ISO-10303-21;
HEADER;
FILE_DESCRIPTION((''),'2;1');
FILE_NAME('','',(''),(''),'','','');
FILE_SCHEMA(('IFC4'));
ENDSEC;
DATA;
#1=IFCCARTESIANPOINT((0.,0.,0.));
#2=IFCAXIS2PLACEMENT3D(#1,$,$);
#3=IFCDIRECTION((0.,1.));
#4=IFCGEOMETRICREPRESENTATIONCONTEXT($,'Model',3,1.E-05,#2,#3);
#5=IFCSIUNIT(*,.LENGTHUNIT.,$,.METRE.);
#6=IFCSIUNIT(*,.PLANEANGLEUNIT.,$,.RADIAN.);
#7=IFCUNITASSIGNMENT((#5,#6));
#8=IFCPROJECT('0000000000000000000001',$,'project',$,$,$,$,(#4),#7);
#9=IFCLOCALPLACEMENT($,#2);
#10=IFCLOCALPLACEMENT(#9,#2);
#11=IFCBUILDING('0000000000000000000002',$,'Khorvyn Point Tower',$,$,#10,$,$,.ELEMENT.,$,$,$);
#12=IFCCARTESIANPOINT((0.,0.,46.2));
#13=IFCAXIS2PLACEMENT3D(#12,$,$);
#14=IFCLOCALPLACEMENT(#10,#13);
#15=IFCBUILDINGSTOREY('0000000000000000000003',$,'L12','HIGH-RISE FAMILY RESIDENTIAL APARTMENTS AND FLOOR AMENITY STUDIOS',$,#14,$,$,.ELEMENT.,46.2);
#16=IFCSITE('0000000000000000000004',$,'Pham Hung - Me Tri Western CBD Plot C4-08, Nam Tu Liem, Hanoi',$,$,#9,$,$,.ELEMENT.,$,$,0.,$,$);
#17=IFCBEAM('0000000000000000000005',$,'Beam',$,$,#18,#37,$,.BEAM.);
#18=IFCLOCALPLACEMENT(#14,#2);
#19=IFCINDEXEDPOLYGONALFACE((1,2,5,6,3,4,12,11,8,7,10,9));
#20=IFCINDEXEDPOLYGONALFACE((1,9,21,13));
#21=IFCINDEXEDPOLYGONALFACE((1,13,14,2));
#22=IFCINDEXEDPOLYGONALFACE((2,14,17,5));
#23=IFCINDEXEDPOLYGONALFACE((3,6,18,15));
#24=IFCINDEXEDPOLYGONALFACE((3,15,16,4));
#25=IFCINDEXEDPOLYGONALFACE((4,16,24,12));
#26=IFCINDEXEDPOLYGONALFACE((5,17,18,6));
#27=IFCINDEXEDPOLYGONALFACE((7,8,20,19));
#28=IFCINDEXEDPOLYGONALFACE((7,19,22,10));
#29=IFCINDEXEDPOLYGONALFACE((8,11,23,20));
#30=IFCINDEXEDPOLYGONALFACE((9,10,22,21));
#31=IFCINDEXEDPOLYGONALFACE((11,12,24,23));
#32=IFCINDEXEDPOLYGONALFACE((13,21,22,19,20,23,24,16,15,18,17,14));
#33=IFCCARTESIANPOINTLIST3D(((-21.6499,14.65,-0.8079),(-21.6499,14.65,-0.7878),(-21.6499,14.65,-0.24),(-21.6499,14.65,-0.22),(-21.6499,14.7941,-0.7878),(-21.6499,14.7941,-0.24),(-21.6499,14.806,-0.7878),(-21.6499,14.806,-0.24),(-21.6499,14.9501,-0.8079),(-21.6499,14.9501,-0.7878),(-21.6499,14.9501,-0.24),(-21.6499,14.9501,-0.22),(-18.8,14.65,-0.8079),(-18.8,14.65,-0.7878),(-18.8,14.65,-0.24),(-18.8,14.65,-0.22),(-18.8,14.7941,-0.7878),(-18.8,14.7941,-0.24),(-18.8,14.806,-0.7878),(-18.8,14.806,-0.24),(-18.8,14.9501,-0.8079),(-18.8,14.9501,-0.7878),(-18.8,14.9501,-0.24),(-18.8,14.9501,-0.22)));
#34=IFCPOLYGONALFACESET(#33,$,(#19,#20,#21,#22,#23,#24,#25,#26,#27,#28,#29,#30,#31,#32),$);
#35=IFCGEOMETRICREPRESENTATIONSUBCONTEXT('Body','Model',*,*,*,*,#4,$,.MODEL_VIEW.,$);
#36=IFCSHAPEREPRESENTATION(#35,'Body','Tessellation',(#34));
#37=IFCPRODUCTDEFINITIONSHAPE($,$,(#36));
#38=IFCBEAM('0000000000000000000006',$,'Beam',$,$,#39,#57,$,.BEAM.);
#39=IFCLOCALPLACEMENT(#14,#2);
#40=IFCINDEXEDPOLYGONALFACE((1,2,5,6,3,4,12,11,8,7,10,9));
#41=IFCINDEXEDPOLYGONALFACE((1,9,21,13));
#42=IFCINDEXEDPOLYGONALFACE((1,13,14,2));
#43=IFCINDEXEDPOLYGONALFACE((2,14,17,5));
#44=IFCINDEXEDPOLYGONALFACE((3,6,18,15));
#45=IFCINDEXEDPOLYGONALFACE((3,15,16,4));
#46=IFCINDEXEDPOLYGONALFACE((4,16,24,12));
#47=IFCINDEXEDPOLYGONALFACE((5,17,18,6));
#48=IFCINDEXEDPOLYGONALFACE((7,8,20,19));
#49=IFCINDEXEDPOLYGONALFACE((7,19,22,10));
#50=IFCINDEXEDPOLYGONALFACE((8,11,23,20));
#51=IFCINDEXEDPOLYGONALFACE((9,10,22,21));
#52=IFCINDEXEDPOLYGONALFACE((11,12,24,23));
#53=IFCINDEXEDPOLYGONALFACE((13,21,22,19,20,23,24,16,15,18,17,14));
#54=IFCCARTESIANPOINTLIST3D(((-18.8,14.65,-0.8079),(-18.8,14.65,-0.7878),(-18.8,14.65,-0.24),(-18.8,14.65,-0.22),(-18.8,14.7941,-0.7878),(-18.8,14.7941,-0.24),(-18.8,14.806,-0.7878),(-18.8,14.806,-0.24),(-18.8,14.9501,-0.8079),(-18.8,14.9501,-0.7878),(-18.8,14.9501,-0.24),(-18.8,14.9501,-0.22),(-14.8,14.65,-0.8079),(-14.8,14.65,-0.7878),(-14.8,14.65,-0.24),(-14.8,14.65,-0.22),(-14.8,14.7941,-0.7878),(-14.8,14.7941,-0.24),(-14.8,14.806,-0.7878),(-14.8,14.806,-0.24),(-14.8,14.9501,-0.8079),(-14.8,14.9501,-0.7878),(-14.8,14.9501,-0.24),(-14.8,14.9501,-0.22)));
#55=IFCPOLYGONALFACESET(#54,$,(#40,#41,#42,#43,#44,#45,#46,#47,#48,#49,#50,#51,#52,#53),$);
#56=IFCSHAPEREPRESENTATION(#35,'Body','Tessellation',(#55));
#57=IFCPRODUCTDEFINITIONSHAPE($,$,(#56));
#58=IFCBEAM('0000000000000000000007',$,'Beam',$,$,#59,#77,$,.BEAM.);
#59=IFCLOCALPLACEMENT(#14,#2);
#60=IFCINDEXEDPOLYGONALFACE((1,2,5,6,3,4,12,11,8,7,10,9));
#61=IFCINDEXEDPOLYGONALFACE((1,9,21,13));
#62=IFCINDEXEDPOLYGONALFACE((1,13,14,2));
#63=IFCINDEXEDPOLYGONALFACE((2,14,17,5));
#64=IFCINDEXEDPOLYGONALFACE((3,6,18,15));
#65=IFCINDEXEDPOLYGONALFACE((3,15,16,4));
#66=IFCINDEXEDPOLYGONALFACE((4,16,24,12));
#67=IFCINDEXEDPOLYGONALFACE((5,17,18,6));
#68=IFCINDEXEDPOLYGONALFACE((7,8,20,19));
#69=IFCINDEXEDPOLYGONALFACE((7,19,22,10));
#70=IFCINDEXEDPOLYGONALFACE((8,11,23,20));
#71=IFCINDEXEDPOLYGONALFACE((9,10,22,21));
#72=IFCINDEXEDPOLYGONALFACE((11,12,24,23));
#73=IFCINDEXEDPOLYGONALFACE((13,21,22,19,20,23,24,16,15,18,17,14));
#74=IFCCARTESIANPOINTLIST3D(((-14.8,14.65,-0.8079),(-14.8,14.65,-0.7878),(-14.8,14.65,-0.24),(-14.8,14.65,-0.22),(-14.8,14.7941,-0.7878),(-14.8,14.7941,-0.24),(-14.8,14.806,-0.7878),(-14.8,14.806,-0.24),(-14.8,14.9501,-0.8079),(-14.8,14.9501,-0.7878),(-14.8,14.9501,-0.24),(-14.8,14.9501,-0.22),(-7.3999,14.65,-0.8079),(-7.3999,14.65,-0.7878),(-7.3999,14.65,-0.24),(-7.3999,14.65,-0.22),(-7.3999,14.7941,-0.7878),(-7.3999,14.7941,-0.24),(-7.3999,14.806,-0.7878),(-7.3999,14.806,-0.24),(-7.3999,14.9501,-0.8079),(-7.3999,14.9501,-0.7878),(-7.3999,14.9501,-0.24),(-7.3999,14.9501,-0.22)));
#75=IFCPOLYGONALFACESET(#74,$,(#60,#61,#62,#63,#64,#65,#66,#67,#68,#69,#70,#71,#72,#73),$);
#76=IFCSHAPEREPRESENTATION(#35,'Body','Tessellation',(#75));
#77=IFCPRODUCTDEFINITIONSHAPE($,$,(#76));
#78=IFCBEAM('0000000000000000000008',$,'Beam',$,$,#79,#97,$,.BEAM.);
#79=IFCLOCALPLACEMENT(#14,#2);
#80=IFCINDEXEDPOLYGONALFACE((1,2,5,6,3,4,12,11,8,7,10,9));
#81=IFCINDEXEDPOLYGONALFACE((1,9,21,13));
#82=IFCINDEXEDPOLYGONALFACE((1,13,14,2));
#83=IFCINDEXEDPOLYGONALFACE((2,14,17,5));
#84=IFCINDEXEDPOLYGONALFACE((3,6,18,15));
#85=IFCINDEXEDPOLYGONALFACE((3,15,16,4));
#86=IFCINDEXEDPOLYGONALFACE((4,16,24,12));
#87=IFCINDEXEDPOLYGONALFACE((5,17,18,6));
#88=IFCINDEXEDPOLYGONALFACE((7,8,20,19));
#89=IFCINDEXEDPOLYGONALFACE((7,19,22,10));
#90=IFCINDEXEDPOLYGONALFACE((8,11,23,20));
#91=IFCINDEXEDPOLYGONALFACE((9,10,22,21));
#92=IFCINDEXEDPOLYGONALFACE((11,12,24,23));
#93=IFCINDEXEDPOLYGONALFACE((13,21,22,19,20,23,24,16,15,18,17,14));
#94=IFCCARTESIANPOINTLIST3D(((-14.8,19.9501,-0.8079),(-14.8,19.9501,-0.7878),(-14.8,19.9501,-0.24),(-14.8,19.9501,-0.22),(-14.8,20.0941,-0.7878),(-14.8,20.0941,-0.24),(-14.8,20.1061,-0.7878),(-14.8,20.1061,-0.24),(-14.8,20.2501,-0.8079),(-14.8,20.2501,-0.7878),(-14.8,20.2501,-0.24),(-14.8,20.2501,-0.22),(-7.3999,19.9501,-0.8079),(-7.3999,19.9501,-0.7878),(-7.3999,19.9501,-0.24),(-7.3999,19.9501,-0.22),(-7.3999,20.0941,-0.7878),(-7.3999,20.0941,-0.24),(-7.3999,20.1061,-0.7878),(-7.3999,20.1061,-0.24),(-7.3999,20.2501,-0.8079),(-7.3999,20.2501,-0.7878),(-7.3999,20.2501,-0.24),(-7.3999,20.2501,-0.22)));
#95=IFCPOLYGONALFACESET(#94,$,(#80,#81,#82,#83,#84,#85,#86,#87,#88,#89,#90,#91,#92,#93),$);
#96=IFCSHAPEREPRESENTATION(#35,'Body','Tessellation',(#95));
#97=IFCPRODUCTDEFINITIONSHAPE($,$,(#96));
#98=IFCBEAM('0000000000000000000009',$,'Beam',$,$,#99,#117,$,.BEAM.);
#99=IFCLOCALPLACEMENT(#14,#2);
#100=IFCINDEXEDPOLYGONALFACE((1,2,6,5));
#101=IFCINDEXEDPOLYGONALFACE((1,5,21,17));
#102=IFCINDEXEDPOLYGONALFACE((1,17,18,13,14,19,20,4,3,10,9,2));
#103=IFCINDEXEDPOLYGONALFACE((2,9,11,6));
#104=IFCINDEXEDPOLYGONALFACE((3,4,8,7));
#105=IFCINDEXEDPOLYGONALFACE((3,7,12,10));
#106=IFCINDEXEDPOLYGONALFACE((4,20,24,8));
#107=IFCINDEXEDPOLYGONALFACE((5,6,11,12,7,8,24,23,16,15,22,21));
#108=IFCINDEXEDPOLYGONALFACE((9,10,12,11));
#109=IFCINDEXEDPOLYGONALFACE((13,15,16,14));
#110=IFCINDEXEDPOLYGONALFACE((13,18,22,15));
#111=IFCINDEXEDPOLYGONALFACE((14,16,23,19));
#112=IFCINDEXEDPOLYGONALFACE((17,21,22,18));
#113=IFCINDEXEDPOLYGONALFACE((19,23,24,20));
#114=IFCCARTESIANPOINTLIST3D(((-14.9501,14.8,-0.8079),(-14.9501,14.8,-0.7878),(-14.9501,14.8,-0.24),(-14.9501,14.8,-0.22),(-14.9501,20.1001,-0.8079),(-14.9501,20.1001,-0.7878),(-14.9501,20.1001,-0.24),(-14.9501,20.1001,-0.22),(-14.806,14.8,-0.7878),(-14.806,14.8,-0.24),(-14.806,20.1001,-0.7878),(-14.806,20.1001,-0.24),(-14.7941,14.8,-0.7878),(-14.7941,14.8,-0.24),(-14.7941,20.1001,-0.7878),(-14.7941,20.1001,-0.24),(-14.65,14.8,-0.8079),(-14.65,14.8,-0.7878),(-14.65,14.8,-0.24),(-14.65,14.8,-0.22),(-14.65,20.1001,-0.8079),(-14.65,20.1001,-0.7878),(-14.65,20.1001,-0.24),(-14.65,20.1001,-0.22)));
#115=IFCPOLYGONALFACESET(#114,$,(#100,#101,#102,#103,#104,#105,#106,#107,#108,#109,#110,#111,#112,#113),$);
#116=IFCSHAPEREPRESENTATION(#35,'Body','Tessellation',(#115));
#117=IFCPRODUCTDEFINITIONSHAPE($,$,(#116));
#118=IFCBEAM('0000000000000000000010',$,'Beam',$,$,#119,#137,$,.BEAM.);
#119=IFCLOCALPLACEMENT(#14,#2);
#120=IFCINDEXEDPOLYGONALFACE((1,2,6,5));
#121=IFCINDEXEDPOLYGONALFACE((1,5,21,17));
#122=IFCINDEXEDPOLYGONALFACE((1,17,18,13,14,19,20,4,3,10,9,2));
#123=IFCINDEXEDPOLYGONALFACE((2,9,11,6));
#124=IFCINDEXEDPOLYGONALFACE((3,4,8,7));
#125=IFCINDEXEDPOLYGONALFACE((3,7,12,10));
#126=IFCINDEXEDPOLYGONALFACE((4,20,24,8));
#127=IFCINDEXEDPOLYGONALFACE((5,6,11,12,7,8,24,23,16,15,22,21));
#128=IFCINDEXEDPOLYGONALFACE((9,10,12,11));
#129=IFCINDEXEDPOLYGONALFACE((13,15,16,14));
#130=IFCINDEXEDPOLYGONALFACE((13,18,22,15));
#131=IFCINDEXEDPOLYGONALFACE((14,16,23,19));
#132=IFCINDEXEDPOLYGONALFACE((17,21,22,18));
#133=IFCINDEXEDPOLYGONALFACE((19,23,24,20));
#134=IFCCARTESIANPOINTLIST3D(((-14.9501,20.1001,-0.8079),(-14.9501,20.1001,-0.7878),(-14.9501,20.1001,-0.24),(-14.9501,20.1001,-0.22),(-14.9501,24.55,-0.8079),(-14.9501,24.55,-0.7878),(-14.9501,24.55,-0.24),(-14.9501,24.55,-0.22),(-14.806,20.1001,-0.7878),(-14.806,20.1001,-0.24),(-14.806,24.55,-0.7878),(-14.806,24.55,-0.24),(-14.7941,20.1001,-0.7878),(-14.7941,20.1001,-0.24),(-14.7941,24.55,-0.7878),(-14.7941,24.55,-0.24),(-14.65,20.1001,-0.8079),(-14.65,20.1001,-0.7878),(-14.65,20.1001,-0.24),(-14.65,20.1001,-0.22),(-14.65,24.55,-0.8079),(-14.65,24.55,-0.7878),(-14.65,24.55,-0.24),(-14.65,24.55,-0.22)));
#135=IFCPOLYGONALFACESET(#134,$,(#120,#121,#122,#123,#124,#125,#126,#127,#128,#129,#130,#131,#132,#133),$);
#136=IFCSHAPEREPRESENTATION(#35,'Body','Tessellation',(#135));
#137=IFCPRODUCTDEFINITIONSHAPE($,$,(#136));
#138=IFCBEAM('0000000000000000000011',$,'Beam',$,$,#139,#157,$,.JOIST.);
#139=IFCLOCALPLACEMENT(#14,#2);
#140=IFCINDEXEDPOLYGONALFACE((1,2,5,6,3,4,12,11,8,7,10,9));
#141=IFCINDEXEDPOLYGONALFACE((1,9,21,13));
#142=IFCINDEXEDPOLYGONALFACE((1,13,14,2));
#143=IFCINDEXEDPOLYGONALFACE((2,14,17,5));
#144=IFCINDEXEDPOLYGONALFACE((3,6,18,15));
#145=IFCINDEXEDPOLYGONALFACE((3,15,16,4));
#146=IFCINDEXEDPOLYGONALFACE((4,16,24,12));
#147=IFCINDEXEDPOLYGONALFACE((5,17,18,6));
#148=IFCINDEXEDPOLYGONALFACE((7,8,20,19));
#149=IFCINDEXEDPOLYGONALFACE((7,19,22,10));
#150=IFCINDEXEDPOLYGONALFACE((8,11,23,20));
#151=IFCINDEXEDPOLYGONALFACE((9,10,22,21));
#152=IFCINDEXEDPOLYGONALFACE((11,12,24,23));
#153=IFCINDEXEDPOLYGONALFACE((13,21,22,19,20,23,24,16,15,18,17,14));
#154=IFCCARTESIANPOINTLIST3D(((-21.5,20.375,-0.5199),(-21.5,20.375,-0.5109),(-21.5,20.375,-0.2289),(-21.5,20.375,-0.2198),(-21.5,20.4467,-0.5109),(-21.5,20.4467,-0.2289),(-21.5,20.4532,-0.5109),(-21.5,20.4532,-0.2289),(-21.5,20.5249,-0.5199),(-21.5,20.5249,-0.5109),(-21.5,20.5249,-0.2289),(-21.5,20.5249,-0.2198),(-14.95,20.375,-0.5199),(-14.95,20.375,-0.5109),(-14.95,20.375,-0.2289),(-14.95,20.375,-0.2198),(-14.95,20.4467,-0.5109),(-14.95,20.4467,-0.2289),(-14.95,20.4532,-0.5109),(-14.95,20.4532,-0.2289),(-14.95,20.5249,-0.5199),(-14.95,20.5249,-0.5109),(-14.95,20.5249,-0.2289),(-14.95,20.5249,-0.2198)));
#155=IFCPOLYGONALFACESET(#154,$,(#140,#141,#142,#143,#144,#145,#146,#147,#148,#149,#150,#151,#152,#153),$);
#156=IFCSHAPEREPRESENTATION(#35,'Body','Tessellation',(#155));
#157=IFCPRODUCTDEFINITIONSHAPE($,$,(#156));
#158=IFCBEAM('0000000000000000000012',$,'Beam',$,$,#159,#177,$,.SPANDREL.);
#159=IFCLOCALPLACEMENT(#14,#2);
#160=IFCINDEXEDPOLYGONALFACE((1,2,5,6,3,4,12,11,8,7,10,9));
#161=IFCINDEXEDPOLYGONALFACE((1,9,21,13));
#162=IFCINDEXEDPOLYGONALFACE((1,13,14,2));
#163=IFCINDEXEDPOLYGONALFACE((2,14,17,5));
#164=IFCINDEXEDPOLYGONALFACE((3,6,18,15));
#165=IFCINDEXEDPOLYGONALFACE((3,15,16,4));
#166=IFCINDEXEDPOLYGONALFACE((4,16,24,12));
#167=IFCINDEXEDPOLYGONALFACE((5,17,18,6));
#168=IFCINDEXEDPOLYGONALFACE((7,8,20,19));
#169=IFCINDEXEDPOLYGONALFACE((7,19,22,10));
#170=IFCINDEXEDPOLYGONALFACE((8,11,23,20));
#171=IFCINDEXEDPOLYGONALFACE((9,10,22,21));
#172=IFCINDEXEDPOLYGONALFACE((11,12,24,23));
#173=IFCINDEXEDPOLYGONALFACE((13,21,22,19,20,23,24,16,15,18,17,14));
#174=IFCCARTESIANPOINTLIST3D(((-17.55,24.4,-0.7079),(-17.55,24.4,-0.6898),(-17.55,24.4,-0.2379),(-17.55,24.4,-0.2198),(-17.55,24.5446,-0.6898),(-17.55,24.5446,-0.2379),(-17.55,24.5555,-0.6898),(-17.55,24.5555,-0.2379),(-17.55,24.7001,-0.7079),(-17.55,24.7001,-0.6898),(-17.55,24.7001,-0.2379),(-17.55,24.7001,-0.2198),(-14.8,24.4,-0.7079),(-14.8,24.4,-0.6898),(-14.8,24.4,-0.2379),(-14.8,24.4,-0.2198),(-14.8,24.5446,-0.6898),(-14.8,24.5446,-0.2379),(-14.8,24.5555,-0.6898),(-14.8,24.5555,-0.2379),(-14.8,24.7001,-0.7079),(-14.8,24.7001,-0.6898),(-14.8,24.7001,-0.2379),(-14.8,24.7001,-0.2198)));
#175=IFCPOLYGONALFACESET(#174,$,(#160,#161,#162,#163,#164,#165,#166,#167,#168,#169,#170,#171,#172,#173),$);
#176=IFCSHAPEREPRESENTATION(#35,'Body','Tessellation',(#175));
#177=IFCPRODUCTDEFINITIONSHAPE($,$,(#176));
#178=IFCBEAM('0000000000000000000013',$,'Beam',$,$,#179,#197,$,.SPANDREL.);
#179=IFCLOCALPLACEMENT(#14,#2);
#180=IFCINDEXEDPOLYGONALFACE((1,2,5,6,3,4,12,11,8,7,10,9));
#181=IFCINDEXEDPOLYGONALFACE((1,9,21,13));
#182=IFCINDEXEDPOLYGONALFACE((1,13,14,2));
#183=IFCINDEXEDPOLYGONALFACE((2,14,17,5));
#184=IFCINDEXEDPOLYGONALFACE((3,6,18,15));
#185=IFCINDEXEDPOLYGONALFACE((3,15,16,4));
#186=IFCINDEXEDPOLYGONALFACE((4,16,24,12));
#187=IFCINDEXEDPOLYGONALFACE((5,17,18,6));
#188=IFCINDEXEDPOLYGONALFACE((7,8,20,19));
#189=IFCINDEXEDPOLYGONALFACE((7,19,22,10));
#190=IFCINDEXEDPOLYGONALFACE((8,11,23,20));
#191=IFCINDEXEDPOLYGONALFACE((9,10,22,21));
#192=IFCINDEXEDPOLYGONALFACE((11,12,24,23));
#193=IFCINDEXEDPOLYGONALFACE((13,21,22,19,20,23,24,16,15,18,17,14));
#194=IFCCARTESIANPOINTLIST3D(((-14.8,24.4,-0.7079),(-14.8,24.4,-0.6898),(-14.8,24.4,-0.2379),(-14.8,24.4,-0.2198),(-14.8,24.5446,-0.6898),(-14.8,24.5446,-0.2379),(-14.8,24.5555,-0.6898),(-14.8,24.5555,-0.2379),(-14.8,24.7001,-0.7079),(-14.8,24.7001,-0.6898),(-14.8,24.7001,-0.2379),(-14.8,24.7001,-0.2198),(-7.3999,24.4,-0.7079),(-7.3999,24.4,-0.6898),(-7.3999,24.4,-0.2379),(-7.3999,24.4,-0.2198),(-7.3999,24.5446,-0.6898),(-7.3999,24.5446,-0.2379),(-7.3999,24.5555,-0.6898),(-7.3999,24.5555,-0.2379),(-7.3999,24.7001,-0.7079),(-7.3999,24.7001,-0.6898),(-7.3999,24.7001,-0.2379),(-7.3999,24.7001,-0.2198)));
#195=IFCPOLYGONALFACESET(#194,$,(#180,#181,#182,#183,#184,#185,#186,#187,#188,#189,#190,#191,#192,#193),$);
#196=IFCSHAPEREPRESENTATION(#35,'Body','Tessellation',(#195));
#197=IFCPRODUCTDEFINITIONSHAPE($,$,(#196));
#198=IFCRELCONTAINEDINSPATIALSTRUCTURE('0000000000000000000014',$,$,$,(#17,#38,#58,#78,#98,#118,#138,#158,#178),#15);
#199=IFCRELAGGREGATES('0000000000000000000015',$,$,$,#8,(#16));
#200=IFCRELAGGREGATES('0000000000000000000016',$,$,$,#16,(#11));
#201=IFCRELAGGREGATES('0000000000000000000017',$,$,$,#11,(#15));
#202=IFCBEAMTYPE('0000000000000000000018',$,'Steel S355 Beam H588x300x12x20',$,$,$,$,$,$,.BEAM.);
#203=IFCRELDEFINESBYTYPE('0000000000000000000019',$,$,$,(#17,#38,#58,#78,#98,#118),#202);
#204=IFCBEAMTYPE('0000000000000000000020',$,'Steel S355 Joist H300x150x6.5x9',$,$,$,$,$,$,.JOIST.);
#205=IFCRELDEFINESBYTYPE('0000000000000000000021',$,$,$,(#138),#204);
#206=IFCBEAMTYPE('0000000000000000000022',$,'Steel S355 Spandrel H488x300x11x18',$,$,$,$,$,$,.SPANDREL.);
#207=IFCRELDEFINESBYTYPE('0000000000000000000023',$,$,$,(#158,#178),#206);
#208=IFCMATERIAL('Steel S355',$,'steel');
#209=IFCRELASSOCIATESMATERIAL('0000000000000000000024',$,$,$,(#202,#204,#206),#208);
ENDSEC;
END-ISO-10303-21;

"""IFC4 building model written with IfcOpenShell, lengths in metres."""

from ifc_helpers import new_model, si_unit, direction, frame, origin, origin_2d, place, context, subcontext, project, spatial, i_section, extrude, material, material_profile, profile_set, type_object, element, save


model = new_model("IFC4")

# Units and contexts
model_context = context("Model", 3, precision=1e-05, world=origin(), true_north=direction((0.0, 1.0)))
body_context = subcontext(model_context, "Body", "Model", "MODEL_VIEW")
ifc_project = project(units=[si_unit("LENGTHUNIT", "METRE"), si_unit("PLANEANGLEUNIT", "RADIAN")], contexts=[model_context])

# Site, building, storey
site_placement = place(None, origin())
site = spatial("IfcSite", under=ifc_project, at=site_placement, Name="Pham Hung - Me Tri Western CBD Plot C4-08, Nam Tu Liem, Hanoi", CompositionType="ELEMENT", RefElevation=0.0)
building_placement = place(site_placement, origin())
building = spatial("IfcBuilding", under=site, at=building_placement, Name="Khorvyn Point Tower", CompositionType="ELEMENT")
storey_placement = place(building_placement, frame((0.0, 0.0, 46.2)))
storey = spatial("IfcBuildingStorey", under=building, at=storey_placement, Name="L12", Description="HIGH-RISE FAMILY RESIDENTIAL APARTMENTS AND FLOOR AMENITY STUDIOS", CompositionType="ELEMENT", Elevation=46.2)

# Beams
ifc_material_1 = material(Name="Steel S355", Category="steel")
ifc_material_profile_1 = material_profile(ifc_material_1, i_section(OverallWidth=0.3, OverallDepth=0.5879, WebThickness=0.012, FlangeThickness=0.02, at=origin_2d()))
ifc_profile_set_1 = profile_set([ifc_material_profile_1], Name="Steel S355 H588x300x12x20")
beam_type_1 = type_object("IfcBeamType", Name="Steel S355 Beam H588x300x12x20", PredefinedType="BEAM", material=ifc_profile_set_1)
beam_1_placement = place(storey_placement, frame((-21.6499, 14.8, -0.5139), z_axis=(1.0, 0.0, 0.0), x_axis=(0.0, 1.0, 0.0)))
element("IfcBeam", 1, at=beam_1_placement, inside=storey, type_object=beam_type_1, Name="Beam", PredefinedType="BEAM", context=body_context, shape_type="SweptSolid", body=[
    extrude(i_section(OverallWidth=0.3, OverallDepth=0.5879, WebThickness=0.012, FlangeThickness=0.02, at=origin_2d()), origin(), (0.0, 0.0, 1.0), 2.8499),
])
beam_2_placement = place(storey_placement, frame((-18.8, 14.8, -0.5139), z_axis=(1.0, 0.0, 0.0), x_axis=(0.0, 1.0, 0.0)))
element("IfcBeam", 2, at=beam_2_placement, inside=storey, type_object=beam_type_1, Name="Beam", PredefinedType="BEAM", context=body_context, shape_type="SweptSolid", body=[
    extrude(i_section(OverallWidth=0.3, OverallDepth=0.5879, WebThickness=0.012, FlangeThickness=0.02, at=origin_2d()), origin(), (0.0, 0.0, 1.0), 4.0),
])
for number, where, z_axis, x_axis, name in (
    (3, (-14.8, 14.8, -0.5139), (1.0, 0.0, 0.0), (0.0, 1.0, 0.0), "Beam"),
    (4, (-14.8, 20.1001, -0.5139), (1.0, 0.0, 0.0), (0.0, 1.0, 0.0), "Beam"),
):
    element("IfcBeam", number, at=place(storey_placement, frame(where, z_axis=z_axis, x_axis=x_axis)), inside=storey, type_object=beam_type_1, Name=name, PredefinedType="BEAM", context=body_context, shape_type="SweptSolid", body=[
        extrude(i_section(OverallWidth=0.3, OverallDepth=0.5879, WebThickness=0.012, FlangeThickness=0.02, at=origin_2d()), origin(), (0.0, 0.0, 1.0), 7.4001),
    ])
beam_3_placement = place(storey_placement, frame((-14.8, 14.8, -0.5139), z_axis=(0.0, 1.0, 0.0), x_axis=(-1.0, 0.0, 0.0)))
element("IfcBeam", 5, at=beam_3_placement, inside=storey, type_object=beam_type_1, Name="Beam", PredefinedType="BEAM", context=body_context, shape_type="SweptSolid", body=[
    extrude(i_section(OverallWidth=0.3, OverallDepth=0.5879, WebThickness=0.012, FlangeThickness=0.02, at=origin_2d()), origin(), (0.0, 0.0, 1.0), 5.3),
])
beam_4_placement = place(storey_placement, frame((-14.8, 20.1001, -0.5139), z_axis=(0.0, 1.0, 0.0), x_axis=(-1.0, 0.0, 0.0)))
element("IfcBeam", 6, at=beam_4_placement, inside=storey, type_object=beam_type_1, Name="Beam", PredefinedType="BEAM", context=body_context, shape_type="SweptSolid", body=[
    extrude(i_section(OverallWidth=0.3, OverallDepth=0.5879, WebThickness=0.012, FlangeThickness=0.02, at=origin_2d()), origin(), (0.0, 0.0, 1.0), 4.45),
])
ifc_material_profile_2 = material_profile(ifc_material_1, i_section(OverallWidth=0.1499, OverallDepth=0.3, WebThickness=0.0066, FlangeThickness=0.009, at=origin_2d()))
ifc_profile_set_2 = profile_set([ifc_material_profile_2], Name="Steel S355 H300x150x6.5x9")
beam_type_2 = type_object("IfcBeamType", Name="Steel S355 Joist H300x150x6.5x9", PredefinedType="JOIST", material=ifc_profile_set_2)
beam_5_placement = place(storey_placement, frame((-21.5, 20.45, -0.3699), z_axis=(1.0, 0.0, 0.0), x_axis=(0.0, 1.0, 0.0)))
element("IfcBeam", 7, at=beam_5_placement, inside=storey, type_object=beam_type_2, Name="Beam", PredefinedType="JOIST", context=body_context, shape_type="SweptSolid", body=[
    extrude(i_section(OverallWidth=0.1499, OverallDepth=0.3, WebThickness=0.0066, FlangeThickness=0.009, at=origin_2d()), origin(), (0.0, 0.0, 1.0), 6.55),
])
ifc_material_profile_3 = material_profile(ifc_material_1, i_section(OverallWidth=0.3, OverallDepth=0.488, WebThickness=0.011, FlangeThickness=0.0181, at=origin_2d()))
ifc_profile_set_3 = profile_set([ifc_material_profile_3], Name="Steel S355 H488x300x11x18")
beam_type_3 = type_object("IfcBeamType", Name="Steel S355 Spandrel H488x300x11x18", PredefinedType="SPANDREL", material=ifc_profile_set_3)
beam_6_placement = place(storey_placement, frame((-17.55, 24.55, -0.4639), z_axis=(1.0, 0.0, 0.0), x_axis=(0.0, 1.0, 0.0)))
element("IfcBeam", 8, at=beam_6_placement, inside=storey, type_object=beam_type_3, Name="Beam", PredefinedType="SPANDREL", context=body_context, shape_type="SweptSolid", body=[
    extrude(i_section(OverallWidth=0.3, OverallDepth=0.488, WebThickness=0.011, FlangeThickness=0.0181, at=origin_2d()), origin(), (0.0, 0.0, 1.0), 2.75),
])
beam_7_placement = place(storey_placement, frame((-14.8, 24.55, -0.4639), z_axis=(1.0, 0.0, 0.0), x_axis=(0.0, 1.0, 0.0)))
element("IfcBeam", 9, at=beam_7_placement, inside=storey, type_object=beam_type_3, Name="Beam", PredefinedType="SPANDREL", context=body_context, shape_type="SweptSolid", body=[
    extrude(i_section(OverallWidth=0.3, OverallDepth=0.488, WebThickness=0.011, FlangeThickness=0.0181, at=origin_2d()), origin(), (0.0, 0.0, 1.0), 7.4001),
])

save(model, "model.ifc")
